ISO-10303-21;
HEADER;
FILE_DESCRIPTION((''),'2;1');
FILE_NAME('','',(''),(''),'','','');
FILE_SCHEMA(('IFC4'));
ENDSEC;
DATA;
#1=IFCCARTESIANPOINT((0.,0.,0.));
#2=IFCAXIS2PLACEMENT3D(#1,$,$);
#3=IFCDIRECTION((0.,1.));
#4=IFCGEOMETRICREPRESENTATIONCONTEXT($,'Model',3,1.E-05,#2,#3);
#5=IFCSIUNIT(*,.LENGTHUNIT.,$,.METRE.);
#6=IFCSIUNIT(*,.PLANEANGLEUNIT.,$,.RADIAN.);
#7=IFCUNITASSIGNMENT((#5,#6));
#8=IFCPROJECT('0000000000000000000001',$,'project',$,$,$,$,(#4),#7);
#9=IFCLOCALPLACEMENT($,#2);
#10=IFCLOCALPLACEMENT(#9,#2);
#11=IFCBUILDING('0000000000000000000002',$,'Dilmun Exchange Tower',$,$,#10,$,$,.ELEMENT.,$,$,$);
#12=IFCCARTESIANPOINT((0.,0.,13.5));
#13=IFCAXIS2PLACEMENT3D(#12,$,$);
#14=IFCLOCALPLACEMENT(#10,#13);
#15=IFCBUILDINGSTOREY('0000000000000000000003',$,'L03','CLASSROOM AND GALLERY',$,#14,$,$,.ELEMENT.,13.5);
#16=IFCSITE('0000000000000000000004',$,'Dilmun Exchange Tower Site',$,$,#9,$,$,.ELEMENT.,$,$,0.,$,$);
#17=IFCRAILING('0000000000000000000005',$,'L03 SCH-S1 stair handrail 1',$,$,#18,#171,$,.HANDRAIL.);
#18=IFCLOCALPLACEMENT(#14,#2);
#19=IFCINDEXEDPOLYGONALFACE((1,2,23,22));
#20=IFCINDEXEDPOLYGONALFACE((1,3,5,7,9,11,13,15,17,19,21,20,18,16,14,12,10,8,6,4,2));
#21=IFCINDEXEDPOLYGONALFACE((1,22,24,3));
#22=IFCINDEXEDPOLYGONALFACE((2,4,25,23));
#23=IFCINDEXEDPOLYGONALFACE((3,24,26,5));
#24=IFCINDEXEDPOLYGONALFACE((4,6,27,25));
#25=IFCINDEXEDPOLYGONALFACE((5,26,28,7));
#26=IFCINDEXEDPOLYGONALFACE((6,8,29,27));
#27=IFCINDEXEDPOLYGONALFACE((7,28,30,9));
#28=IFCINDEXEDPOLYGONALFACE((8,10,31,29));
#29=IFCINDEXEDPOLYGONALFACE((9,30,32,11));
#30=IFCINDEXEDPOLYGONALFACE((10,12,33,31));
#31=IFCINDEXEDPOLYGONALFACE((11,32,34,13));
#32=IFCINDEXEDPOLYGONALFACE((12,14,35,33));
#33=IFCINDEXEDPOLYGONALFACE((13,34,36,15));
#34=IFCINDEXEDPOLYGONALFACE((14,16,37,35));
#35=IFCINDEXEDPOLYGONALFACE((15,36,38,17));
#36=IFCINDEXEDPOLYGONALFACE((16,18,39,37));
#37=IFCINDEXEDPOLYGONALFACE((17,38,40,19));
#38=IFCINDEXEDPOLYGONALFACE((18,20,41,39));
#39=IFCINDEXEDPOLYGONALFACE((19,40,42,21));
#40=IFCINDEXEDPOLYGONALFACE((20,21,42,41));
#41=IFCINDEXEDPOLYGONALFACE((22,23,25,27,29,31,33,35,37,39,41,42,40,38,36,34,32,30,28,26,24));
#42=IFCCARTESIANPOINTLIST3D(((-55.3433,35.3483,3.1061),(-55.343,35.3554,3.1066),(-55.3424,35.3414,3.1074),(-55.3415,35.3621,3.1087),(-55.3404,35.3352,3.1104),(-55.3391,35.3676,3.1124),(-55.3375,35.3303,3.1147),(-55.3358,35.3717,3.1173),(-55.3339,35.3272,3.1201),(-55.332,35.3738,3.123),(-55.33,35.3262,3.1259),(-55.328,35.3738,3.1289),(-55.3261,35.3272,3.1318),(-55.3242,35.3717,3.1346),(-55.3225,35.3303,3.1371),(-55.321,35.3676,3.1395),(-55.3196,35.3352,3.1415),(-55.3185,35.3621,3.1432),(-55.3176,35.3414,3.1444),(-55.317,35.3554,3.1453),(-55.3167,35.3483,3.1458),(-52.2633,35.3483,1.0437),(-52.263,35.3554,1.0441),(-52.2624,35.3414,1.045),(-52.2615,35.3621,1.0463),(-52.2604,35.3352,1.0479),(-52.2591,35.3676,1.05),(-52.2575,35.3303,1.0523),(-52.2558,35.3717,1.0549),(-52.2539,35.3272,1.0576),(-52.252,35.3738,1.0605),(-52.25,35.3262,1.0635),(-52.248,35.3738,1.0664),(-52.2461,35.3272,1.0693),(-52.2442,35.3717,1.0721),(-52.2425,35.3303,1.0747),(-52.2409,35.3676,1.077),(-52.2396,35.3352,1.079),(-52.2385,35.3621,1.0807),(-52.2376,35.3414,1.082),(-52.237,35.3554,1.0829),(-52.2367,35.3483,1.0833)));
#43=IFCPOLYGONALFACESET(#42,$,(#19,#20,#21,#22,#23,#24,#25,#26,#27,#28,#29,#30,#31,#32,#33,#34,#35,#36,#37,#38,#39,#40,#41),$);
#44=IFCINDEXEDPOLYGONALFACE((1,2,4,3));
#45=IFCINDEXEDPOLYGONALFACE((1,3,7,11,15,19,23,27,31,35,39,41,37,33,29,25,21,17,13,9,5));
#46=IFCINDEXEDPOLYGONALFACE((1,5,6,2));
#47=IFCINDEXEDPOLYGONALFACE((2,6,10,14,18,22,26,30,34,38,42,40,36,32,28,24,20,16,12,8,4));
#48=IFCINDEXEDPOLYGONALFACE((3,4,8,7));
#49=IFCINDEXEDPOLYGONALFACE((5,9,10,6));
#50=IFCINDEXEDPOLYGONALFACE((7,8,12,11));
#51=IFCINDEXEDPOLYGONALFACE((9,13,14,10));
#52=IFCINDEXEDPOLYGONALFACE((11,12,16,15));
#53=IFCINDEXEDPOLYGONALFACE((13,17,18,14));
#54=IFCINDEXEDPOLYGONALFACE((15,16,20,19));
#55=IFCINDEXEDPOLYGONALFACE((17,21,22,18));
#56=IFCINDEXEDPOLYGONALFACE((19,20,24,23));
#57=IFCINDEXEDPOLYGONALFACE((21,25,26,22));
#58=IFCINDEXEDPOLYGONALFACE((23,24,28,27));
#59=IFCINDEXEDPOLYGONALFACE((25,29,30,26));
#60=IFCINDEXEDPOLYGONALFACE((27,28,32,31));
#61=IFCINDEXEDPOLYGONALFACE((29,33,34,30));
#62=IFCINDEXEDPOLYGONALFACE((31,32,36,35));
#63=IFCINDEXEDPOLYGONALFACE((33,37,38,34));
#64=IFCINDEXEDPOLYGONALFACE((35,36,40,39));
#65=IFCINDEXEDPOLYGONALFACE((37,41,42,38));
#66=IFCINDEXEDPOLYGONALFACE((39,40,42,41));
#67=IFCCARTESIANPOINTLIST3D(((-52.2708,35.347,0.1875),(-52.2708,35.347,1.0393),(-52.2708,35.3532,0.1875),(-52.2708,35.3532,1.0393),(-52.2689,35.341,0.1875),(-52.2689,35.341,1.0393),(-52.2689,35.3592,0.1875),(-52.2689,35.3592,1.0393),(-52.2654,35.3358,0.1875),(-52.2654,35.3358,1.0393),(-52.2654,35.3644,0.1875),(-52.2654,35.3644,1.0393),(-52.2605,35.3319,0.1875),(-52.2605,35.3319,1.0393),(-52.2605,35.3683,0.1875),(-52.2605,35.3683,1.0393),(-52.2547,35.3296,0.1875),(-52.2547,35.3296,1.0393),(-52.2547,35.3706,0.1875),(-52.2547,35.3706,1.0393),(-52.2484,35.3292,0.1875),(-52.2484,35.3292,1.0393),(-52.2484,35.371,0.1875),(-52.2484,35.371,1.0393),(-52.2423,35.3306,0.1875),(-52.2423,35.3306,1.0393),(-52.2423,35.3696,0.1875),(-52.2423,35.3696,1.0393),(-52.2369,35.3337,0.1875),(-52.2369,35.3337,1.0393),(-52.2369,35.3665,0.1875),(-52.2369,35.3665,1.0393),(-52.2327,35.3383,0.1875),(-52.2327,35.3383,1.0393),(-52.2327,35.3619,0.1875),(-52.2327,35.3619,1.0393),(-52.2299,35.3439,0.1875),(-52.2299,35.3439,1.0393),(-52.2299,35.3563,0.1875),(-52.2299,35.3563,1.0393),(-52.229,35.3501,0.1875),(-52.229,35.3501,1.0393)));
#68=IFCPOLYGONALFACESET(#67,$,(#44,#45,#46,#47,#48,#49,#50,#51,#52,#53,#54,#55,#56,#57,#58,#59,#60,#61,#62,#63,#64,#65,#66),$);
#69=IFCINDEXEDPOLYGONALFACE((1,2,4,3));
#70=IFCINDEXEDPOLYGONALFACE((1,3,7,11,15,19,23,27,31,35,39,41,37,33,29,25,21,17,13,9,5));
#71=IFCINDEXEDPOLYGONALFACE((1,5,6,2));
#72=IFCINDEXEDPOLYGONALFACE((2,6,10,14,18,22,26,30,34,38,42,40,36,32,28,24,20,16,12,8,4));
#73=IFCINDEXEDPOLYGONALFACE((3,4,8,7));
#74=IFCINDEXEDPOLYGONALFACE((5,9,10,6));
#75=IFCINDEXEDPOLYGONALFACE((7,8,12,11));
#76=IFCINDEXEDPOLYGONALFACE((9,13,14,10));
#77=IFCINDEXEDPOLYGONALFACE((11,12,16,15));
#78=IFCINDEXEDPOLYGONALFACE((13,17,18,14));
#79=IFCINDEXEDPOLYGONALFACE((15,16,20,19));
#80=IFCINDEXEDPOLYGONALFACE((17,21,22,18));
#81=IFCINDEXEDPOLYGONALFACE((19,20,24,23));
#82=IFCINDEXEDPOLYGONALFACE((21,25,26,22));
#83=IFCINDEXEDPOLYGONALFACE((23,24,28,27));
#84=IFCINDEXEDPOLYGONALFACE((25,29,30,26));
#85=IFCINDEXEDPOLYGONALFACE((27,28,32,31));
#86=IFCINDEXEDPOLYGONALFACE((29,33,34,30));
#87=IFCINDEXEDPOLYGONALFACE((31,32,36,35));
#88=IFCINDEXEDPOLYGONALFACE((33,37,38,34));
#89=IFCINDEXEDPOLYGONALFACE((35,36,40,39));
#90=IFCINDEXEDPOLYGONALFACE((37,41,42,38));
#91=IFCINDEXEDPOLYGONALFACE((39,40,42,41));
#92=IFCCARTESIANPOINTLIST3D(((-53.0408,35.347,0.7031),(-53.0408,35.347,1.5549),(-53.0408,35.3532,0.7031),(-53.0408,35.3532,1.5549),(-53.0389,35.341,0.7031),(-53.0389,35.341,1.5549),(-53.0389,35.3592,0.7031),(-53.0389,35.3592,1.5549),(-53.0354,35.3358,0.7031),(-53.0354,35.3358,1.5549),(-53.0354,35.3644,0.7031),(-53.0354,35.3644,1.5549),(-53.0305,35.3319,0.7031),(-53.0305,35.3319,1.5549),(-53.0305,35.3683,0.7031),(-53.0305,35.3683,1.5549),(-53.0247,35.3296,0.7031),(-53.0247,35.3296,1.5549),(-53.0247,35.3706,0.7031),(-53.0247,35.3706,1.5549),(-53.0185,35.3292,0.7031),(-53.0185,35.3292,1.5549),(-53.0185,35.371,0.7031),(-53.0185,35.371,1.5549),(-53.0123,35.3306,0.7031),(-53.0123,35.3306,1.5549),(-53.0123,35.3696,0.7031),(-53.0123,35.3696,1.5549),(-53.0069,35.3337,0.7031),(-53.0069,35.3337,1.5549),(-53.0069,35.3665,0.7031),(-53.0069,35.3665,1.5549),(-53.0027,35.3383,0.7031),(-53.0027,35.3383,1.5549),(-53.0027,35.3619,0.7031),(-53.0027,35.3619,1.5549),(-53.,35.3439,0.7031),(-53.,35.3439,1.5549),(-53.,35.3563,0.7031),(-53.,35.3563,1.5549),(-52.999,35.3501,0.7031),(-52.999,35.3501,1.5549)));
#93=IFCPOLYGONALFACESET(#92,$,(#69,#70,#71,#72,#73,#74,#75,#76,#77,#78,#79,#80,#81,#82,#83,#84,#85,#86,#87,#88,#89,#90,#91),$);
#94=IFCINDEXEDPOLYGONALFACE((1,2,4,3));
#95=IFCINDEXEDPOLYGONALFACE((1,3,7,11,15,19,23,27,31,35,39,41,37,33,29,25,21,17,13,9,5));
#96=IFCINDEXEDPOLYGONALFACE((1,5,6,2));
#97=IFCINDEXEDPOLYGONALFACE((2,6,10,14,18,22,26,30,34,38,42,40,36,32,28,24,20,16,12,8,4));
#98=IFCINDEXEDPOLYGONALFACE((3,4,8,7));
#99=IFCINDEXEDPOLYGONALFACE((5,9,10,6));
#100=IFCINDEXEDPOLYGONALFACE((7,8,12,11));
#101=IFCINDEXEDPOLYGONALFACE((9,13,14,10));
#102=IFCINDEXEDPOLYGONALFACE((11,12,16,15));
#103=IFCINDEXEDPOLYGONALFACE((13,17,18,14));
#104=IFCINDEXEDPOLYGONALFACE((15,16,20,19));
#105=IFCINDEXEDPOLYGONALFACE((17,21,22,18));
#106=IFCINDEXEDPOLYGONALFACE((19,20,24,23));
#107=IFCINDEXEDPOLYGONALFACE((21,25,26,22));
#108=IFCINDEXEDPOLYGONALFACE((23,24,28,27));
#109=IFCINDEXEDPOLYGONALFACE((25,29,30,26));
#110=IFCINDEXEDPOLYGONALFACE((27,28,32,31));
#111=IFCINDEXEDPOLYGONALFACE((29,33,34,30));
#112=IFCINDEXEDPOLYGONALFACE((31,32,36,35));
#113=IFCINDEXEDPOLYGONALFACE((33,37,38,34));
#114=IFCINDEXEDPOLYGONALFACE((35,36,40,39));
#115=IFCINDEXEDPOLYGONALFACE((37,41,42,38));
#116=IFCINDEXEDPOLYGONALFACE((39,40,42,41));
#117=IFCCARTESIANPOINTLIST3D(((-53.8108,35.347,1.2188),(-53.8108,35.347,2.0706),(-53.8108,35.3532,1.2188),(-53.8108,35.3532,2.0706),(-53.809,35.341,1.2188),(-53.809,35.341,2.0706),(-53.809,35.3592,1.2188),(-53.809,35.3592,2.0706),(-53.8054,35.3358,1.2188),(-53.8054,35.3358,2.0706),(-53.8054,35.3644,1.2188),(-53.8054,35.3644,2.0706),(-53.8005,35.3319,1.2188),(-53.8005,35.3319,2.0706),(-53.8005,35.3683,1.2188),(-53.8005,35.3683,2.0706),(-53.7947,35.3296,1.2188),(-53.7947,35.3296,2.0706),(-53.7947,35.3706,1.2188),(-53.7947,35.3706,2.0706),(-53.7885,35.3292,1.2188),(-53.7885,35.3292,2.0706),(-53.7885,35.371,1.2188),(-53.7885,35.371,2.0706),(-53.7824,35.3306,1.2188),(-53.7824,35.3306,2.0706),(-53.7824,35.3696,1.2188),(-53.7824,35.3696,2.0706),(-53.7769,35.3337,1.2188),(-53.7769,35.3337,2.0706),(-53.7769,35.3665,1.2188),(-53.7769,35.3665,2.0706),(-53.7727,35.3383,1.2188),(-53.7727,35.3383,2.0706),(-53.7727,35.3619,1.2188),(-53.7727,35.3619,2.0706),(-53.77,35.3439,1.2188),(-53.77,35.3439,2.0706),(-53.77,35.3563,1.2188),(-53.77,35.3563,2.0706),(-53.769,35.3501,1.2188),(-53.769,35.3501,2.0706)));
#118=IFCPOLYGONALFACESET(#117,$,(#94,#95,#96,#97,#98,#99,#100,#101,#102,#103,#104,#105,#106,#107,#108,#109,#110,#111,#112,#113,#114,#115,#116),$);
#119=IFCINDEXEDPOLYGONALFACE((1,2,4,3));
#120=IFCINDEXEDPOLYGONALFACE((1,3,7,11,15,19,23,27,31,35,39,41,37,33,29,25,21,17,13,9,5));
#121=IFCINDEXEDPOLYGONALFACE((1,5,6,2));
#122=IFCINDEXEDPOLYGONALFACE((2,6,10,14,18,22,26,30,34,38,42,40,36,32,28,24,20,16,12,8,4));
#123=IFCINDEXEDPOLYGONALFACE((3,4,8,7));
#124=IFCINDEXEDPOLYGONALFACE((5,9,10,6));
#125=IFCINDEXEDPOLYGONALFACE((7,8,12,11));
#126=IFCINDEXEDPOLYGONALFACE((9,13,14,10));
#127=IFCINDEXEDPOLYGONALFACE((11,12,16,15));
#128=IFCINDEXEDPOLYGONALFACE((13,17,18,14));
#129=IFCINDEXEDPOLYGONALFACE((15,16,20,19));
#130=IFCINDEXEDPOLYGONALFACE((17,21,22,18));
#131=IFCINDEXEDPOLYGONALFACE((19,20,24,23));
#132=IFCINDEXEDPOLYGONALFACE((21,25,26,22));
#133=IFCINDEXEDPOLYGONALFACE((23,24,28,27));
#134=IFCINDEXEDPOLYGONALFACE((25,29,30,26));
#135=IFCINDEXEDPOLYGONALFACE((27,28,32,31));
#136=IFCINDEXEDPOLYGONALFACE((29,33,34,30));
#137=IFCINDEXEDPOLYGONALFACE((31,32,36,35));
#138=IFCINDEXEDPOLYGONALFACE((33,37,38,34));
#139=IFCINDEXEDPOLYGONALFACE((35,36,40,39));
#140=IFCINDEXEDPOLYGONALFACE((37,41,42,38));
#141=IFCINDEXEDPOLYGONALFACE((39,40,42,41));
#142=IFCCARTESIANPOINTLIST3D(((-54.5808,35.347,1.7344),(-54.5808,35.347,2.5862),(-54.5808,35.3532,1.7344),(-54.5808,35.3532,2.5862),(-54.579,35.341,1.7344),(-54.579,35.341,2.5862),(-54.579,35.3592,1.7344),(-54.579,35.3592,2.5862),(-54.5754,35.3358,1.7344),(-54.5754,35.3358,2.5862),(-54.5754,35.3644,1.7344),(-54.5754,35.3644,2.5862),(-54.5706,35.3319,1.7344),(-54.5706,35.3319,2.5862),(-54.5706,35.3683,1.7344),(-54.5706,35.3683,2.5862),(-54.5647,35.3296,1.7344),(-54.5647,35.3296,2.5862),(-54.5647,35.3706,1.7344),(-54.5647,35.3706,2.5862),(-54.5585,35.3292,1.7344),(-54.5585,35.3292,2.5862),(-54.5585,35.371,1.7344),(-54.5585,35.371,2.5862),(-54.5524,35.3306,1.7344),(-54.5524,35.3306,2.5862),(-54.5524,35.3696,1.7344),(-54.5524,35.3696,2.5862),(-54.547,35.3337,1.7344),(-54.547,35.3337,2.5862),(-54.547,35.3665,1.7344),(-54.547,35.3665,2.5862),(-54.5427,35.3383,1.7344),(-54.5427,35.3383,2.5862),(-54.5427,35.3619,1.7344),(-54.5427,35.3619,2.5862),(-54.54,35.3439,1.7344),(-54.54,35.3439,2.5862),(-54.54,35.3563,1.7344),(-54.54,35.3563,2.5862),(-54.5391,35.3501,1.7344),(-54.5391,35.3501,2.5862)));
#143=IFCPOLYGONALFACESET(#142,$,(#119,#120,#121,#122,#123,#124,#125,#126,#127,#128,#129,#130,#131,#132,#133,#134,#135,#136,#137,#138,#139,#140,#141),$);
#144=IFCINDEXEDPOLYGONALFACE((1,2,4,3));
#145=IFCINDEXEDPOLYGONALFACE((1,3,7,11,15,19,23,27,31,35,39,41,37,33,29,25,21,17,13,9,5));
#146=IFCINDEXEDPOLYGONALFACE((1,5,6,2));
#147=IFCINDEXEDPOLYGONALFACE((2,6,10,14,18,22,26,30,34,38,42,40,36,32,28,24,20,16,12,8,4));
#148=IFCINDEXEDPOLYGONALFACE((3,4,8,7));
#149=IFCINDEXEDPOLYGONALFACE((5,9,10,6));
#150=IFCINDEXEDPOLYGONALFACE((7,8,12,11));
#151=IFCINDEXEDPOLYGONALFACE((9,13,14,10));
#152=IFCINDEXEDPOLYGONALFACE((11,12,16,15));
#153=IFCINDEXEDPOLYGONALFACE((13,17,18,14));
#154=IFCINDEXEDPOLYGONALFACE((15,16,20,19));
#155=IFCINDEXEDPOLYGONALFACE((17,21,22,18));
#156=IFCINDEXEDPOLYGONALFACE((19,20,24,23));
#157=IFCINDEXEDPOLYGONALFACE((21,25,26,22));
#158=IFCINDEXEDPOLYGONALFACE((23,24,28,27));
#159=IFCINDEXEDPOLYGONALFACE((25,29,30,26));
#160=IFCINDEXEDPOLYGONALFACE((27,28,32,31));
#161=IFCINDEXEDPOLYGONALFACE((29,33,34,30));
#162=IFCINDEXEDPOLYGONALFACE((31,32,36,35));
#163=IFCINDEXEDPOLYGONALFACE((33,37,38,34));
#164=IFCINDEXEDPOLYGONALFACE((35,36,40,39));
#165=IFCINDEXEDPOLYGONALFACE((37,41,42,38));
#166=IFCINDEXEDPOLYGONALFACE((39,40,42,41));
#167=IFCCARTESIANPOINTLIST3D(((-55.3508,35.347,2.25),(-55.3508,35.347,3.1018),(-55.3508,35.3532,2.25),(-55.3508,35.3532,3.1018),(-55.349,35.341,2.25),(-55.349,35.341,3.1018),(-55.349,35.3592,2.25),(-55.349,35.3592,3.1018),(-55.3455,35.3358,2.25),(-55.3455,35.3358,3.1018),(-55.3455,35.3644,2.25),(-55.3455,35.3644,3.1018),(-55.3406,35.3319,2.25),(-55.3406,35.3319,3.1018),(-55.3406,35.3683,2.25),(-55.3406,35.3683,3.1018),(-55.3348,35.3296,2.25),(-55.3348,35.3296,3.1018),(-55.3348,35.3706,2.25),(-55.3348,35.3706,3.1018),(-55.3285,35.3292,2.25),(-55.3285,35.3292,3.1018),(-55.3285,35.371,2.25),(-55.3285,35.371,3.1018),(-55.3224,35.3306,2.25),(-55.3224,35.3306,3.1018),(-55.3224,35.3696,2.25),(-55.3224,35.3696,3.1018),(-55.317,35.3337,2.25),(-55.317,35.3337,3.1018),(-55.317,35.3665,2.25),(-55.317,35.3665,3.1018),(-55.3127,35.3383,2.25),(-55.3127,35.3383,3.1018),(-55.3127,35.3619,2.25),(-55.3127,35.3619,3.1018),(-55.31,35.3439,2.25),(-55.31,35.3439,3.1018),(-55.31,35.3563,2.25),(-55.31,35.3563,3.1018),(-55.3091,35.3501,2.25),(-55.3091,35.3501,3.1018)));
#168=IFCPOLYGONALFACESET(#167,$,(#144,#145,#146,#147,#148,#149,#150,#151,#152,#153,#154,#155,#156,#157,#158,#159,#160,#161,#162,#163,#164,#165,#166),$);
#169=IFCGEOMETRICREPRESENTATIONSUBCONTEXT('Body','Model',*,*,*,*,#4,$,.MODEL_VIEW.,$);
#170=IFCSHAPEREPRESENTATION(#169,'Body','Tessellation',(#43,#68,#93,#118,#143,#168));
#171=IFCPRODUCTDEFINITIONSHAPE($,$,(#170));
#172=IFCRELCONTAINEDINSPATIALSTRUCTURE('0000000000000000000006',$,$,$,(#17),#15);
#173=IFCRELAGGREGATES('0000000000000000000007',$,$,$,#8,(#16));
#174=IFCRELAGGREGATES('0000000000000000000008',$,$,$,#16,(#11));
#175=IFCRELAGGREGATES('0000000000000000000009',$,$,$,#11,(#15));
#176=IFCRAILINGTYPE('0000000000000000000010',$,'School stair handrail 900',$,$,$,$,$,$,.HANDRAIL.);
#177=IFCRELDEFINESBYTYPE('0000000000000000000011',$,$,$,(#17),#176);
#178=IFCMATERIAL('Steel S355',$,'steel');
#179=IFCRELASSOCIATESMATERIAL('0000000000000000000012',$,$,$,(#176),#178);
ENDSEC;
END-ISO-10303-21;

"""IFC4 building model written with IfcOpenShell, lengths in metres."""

from ifc_helpers import new_model, si_unit, direction, frame, origin, origin_2d, place, context, subcontext, project, spatial, circle, extrude, material, type_object, element, save


model = new_model("IFC4")

# Units and contexts
model_context = context("Model", 3, precision=1e-05, world=origin(), true_north=direction((0.0, 1.0)))
body_context = subcontext(model_context, "Body", "Model", "MODEL_VIEW")
ifc_project = project(units=[si_unit("LENGTHUNIT", "METRE"), si_unit("PLANEANGLEUNIT", "RADIAN")], contexts=[model_context])

# Site, building, storey
site_placement = place(None, origin())
site = spatial("IfcSite", under=ifc_project, at=site_placement, Name="Dilmun Exchange Tower Site", CompositionType="ELEMENT", RefElevation=0.0)
building_placement = place(site_placement, origin())
building = spatial("IfcBuilding", under=site, at=building_placement, Name="Dilmun Exchange Tower", CompositionType="ELEMENT")
storey_placement = place(building_placement, frame((0.0, 0.0, 13.5)))
storey = spatial("IfcBuildingStorey", under=building, at=storey_placement, Name="L03", Description="CLASSROOM AND GALLERY", CompositionType="ELEMENT", Elevation=13.5)

# Railing
ifc_material_1 = material(Name="Steel S355", Category="steel")
railing_type_1 = type_object("IfcRailingType", Name="School stair handrail 900", PredefinedType="HANDRAIL", material=ifc_material_1)
railing_1_placement = place(storey_placement, frame((-52.25, 35.3501, 0.1875)))
element("IfcRailing", 1, at=railing_1_placement, inside=storey, type_object=railing_type_1, Name="L03 SCH-S1 stair handrail 1", PredefinedType="HANDRAIL", context=body_context, shape_type="SweptSolid", body=[
    extrude(circle(Radius=0.0239, at=origin_2d()), frame((0.0, 0.0, 0.876), z_axis=(-0.830914, 0.0, 0.556401), x_axis=(0.0, -1.0, 0.0)), (0.0, 0.0, 1.0), 3.7068),
    extrude(circle(Radius=0.021, at=origin_2d()), origin(), (0.0, 0.0, 1.0), 0.8518),
    extrude(circle(Radius=0.021, at=origin_2d()), frame((-0.77, 0.0, 0.5156)), (0.0, 0.0, 1.0), 0.8518),
    extrude(circle(Radius=0.021, at=origin_2d()), frame((-1.54, 0.0, 1.0312)), (0.0, 0.0, 1.0), 0.8518),
    extrude(circle(Radius=0.021, at=origin_2d()), frame((-2.3101, 0.0, 1.5469)), (0.0, 0.0, 1.0), 0.8518),
    extrude(circle(Radius=0.021, at=origin_2d()), frame((-3.0801, 0.0, 2.0625)), (0.0, 0.0, 1.0), 0.8518),
])

save(model, "model.ifc")
